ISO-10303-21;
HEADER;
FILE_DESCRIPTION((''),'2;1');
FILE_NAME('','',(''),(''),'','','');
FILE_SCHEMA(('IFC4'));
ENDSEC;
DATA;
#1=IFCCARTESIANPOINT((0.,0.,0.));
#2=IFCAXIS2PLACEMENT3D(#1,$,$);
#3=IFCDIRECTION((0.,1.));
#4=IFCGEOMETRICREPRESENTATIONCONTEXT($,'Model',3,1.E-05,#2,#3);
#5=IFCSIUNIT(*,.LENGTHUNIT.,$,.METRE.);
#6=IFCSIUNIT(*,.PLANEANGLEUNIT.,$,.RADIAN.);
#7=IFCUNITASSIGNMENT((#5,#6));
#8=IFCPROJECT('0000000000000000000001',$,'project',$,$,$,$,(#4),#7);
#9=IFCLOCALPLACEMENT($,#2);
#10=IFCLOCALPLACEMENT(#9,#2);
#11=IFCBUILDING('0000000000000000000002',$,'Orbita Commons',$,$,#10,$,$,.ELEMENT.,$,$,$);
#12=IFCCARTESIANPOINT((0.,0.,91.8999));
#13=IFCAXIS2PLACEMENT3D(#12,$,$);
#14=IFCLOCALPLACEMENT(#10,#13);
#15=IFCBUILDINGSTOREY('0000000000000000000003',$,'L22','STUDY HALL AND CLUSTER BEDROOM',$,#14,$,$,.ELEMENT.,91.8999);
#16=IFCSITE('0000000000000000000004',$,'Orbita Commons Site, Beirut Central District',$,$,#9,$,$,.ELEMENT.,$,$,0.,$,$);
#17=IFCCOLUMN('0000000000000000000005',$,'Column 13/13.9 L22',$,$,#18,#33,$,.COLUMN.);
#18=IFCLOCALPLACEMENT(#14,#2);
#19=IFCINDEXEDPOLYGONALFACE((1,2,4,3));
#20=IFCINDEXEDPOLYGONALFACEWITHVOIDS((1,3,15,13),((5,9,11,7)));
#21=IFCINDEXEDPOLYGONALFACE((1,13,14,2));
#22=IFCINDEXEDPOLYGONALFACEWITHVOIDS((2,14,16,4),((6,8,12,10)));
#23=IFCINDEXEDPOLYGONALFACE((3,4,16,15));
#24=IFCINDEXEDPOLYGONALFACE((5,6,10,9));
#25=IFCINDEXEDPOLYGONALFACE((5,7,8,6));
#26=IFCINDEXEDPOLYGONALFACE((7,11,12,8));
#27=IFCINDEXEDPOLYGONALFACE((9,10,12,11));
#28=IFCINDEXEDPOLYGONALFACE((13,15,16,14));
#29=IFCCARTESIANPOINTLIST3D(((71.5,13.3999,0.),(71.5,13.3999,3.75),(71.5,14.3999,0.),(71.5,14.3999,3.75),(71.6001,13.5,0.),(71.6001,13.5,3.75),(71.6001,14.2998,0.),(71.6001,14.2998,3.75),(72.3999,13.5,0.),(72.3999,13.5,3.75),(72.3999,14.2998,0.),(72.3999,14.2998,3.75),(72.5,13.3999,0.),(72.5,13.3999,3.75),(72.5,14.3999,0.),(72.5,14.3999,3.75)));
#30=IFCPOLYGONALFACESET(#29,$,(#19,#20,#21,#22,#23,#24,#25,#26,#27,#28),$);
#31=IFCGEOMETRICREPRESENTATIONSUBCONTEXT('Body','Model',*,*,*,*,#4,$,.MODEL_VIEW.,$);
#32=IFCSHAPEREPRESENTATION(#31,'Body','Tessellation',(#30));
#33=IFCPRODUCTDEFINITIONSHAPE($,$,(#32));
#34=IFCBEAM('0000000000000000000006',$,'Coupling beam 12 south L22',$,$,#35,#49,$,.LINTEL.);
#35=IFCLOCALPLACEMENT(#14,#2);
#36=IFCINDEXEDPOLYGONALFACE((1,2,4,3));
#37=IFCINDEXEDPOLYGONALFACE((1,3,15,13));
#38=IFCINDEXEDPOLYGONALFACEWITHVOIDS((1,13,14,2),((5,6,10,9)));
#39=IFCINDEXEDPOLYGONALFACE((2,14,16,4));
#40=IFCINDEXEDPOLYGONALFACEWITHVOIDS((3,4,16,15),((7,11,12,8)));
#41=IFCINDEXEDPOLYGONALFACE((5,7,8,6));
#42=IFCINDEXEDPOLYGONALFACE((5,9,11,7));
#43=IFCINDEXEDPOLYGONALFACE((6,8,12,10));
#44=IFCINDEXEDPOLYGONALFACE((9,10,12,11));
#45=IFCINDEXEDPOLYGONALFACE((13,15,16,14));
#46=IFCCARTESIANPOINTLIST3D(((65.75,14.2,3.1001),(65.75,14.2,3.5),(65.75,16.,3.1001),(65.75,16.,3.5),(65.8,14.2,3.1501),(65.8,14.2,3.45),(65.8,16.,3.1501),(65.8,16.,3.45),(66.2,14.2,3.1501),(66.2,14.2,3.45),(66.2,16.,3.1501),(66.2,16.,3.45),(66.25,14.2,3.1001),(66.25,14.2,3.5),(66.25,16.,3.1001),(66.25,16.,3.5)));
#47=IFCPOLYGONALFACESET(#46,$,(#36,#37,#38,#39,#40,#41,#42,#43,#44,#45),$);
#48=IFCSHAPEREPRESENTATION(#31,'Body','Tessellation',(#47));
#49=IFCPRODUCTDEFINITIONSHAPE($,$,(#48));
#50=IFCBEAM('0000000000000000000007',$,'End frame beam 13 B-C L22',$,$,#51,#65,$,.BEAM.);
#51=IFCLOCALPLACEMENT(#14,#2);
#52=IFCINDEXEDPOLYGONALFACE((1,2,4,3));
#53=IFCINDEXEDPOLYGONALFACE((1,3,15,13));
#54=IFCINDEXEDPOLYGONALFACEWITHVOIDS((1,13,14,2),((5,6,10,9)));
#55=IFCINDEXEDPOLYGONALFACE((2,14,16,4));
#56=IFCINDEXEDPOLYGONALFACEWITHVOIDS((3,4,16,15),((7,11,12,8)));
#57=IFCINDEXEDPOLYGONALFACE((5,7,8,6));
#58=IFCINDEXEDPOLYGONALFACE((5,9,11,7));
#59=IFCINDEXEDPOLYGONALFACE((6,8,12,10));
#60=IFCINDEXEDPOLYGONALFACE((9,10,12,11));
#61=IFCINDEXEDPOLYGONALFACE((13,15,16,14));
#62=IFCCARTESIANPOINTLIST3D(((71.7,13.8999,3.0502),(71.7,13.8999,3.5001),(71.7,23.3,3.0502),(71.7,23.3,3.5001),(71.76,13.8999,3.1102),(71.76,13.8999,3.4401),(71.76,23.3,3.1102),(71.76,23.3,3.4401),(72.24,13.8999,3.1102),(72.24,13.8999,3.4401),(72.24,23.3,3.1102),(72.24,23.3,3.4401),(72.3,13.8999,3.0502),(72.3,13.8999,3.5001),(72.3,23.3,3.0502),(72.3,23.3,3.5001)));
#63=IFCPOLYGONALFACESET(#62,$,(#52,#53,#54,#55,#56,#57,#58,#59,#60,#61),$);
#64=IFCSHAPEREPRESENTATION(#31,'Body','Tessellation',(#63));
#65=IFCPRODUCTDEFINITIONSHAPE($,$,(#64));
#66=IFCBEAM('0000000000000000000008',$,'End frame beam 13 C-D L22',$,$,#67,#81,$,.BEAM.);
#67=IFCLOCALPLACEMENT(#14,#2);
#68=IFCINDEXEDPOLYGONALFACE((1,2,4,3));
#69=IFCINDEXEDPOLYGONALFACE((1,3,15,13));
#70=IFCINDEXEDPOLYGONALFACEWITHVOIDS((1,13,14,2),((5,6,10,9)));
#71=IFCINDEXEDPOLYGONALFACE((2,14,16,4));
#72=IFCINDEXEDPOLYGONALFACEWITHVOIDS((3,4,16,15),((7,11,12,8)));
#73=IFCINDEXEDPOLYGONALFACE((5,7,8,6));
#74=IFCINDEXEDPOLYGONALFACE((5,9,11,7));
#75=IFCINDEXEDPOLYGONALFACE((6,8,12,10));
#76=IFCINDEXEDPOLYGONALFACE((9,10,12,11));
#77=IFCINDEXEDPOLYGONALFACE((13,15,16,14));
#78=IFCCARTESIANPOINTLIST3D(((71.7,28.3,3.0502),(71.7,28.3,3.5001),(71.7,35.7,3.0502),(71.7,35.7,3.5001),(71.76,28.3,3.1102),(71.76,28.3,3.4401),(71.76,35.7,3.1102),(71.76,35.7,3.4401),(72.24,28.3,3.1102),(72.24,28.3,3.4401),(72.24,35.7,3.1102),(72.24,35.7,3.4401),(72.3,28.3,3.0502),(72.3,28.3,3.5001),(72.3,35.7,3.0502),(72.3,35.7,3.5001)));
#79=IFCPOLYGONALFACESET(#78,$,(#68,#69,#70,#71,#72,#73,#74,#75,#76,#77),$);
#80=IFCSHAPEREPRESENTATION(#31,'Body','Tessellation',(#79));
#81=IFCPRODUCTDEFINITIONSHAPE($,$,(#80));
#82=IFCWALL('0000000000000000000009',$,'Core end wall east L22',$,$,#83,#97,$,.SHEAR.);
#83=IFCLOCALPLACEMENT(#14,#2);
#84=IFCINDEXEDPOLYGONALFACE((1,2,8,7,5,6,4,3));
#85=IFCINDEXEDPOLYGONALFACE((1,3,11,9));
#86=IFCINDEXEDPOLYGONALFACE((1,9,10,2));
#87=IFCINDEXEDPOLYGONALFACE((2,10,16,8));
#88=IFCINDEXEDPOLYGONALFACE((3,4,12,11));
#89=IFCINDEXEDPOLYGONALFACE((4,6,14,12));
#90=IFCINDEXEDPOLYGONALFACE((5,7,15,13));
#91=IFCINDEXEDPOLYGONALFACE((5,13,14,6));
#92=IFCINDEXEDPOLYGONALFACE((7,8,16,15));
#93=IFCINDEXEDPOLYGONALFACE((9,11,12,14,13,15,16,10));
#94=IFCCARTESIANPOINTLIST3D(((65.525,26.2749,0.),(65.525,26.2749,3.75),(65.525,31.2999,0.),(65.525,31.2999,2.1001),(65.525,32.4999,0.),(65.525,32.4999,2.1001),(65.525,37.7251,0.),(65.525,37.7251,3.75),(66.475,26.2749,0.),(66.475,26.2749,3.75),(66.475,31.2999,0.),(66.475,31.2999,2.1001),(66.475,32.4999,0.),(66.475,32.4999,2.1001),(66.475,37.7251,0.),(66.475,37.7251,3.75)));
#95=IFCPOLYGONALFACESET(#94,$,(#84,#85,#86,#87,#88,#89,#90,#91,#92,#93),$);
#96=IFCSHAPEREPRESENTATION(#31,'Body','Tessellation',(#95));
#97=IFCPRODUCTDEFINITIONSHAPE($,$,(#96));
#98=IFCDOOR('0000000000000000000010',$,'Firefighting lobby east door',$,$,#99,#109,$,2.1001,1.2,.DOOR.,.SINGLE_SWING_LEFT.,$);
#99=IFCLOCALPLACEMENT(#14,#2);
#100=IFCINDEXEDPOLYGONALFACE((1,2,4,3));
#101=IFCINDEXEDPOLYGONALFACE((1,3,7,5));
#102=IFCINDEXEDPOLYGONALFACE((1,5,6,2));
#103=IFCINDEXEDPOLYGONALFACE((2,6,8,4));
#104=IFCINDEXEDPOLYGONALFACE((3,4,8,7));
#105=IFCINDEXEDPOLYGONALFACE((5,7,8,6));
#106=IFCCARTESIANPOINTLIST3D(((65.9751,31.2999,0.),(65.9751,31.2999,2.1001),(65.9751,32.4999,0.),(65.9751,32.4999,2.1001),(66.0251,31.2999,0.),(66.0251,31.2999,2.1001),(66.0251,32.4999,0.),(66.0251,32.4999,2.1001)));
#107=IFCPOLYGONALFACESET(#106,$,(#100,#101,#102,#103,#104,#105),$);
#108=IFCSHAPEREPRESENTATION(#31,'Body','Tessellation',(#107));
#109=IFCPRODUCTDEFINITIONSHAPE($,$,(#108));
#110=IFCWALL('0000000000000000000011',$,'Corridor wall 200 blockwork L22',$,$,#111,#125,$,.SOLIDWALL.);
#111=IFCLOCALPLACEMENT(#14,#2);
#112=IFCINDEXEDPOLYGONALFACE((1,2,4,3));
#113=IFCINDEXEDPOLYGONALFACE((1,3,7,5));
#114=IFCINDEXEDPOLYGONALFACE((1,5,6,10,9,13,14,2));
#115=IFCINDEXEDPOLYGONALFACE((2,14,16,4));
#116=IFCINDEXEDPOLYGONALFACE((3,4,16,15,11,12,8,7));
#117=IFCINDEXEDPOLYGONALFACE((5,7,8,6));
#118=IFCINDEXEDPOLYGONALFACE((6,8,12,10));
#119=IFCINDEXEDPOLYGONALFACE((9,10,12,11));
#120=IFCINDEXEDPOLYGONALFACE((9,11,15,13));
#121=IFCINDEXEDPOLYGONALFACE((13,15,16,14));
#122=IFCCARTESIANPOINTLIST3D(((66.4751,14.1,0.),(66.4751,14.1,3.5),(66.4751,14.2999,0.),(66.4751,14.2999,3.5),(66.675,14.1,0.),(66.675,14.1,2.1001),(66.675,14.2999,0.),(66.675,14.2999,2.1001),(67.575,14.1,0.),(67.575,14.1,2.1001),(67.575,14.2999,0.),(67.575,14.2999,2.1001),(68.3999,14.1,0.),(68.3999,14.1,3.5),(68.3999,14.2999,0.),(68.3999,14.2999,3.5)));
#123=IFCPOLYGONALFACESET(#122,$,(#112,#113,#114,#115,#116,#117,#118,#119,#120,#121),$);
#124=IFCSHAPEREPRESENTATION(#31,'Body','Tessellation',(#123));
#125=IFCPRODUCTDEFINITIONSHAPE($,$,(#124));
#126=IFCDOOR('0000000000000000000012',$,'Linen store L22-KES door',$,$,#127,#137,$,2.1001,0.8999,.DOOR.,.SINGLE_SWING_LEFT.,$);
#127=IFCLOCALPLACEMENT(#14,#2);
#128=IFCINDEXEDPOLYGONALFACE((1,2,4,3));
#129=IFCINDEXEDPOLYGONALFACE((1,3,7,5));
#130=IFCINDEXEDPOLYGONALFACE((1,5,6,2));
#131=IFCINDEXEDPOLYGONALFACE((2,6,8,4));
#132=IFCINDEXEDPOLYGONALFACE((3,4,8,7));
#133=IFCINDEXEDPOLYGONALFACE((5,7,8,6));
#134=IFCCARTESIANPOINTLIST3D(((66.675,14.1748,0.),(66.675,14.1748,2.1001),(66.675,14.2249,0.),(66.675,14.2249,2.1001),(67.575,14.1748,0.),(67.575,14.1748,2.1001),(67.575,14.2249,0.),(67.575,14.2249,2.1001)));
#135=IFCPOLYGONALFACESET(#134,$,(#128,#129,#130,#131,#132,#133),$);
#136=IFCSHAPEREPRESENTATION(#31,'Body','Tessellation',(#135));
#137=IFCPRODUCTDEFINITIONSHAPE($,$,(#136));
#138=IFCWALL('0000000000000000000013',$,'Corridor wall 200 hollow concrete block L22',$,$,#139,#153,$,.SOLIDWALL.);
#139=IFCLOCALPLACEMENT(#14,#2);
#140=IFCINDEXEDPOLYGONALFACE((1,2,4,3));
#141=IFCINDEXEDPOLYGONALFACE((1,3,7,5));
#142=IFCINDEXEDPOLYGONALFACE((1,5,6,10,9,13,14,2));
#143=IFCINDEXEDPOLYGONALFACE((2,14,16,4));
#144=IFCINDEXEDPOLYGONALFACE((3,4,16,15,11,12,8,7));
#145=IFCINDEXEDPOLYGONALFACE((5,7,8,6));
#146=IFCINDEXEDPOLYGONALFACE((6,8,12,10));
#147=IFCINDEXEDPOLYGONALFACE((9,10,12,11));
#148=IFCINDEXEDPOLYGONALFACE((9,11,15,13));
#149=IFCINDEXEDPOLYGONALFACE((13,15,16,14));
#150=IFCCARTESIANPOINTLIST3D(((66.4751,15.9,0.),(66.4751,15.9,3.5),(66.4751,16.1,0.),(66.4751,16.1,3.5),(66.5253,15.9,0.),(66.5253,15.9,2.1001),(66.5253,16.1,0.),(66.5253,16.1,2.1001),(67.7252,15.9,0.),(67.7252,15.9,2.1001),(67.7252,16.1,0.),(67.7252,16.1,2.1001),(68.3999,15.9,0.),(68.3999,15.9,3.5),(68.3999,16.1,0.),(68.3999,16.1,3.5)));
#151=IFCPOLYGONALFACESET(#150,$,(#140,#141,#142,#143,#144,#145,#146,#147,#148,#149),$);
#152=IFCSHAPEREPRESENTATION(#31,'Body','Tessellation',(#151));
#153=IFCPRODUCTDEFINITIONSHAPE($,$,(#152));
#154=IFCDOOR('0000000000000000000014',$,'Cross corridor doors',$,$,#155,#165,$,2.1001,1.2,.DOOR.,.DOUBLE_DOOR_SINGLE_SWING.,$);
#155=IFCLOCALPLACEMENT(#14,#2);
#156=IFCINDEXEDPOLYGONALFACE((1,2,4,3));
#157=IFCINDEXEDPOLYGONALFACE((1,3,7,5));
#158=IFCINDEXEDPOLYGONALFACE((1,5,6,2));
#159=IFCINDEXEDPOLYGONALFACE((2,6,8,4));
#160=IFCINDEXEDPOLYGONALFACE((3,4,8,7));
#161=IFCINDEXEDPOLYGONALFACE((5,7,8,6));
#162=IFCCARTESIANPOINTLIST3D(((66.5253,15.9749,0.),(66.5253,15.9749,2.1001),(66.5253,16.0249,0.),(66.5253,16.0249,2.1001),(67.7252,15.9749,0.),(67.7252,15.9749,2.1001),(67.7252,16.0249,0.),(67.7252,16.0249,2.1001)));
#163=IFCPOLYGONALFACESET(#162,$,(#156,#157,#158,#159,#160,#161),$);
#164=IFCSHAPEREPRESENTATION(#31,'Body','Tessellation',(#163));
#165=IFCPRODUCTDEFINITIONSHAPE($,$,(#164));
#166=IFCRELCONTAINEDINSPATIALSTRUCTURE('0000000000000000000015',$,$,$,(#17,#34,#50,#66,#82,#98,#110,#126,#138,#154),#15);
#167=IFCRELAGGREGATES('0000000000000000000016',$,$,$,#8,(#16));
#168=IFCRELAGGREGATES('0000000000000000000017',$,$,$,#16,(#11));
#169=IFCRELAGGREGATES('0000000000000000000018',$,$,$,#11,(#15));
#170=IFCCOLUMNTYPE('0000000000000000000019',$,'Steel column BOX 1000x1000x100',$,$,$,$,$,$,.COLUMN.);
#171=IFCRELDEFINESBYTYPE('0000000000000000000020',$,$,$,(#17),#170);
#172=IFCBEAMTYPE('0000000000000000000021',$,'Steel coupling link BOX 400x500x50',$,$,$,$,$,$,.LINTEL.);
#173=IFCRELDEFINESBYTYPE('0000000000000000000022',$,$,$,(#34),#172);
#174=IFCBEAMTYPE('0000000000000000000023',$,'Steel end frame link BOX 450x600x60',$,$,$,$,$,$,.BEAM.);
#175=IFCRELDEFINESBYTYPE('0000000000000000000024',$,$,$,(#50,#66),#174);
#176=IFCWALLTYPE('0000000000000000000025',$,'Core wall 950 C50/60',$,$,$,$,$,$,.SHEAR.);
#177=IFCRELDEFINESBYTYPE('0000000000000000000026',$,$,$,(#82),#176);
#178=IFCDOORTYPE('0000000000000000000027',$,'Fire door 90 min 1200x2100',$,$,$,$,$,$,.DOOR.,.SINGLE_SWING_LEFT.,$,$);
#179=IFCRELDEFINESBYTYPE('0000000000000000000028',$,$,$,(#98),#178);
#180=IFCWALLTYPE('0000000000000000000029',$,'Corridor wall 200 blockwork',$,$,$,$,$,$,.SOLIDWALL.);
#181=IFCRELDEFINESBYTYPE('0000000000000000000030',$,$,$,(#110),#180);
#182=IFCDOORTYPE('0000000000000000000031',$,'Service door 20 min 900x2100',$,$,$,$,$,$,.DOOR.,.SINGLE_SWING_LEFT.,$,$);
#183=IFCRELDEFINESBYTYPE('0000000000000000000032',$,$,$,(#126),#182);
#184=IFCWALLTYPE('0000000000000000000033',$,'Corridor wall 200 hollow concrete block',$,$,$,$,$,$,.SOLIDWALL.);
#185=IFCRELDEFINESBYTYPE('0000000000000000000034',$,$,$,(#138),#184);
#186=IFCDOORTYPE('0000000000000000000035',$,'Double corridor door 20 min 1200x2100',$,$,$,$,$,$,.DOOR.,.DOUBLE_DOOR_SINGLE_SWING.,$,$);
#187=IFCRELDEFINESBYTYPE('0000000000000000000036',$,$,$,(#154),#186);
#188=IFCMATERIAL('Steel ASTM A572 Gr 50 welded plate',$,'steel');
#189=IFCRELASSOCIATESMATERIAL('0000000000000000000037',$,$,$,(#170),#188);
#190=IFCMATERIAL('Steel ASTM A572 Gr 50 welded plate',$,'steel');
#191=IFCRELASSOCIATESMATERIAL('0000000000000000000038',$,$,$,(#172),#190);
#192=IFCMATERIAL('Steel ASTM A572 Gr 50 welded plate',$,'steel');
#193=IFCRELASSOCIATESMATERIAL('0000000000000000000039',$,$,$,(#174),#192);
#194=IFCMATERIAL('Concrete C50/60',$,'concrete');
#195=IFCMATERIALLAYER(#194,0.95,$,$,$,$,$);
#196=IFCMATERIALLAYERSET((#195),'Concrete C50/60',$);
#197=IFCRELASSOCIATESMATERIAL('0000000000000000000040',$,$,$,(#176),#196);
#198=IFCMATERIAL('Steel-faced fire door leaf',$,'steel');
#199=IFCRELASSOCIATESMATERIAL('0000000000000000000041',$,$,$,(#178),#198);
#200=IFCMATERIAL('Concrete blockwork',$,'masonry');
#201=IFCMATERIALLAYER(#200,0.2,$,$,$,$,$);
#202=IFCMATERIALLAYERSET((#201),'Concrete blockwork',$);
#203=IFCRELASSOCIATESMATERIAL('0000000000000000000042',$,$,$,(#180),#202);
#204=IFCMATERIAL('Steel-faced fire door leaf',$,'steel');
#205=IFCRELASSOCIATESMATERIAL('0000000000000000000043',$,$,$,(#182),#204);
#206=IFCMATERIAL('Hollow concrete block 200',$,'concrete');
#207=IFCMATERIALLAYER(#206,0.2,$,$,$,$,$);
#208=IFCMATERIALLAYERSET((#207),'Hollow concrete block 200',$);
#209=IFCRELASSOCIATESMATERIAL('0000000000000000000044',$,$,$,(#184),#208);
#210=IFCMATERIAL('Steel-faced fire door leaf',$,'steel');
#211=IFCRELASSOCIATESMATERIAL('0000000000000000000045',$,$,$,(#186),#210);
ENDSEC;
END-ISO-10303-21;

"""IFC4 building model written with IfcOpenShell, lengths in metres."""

from ifc_helpers import new_model, si_unit, direction, frame, frame_2d, origin, origin_2d, place, context, subcontext, project, spatial, rectangle, hollow_rectangle, extrude, material, layer, layer_set, material_profile, profile_set, type_object, element, fill, save


model = new_model("IFC4")

# Units and contexts
model_context = context("Model", 3, precision=1e-05, world=origin(), true_north=direction((0.0, 1.0)))
body_context = subcontext(model_context, "Body", "Model", "MODEL_VIEW")
ifc_project = project(units=[si_unit("LENGTHUNIT", "METRE"), si_unit("PLANEANGLEUNIT", "RADIAN")], contexts=[model_context])

# Site, building, storey
site_placement = place(None, origin())
site = spatial("IfcSite", under=ifc_project, at=site_placement, Name="Orbita Commons Site, Beirut Central District", CompositionType="ELEMENT", RefElevation=0.0)
building_placement = place(site_placement, origin())
building = spatial("IfcBuilding", under=site, at=building_placement, Name="Orbita Commons", CompositionType="ELEMENT")
storey_placement = place(building_placement, frame((0.0, 0.0, 91.8999)))
storey = spatial("IfcBuildingStorey", under=building, at=storey_placement, Name="L22", Description="STUDY HALL AND CLUSTER BEDROOM", CompositionType="ELEMENT", Elevation=91.8999)

# Column
ifc_material_1 = material(Name="Steel ASTM A572 Gr 50 welded plate", Category="steel")
ifc_material_profile_1 = material_profile(ifc_material_1, hollow_rectangle(XDim=1.0, YDim=1.0, WallThickness=0.1001, at=origin_2d()), Name="BOX 1000x1000x100")
ifc_profile_set_1 = profile_set([ifc_material_profile_1], Name="Steel ASTM A572 Gr 50 welded plate")
column_type = type_object("IfcColumnType", Name="Steel column BOX 1000x1000x100", PredefinedType="COLUMN", material=ifc_profile_set_1)
column_placement = place(storey_placement, frame((72.0, 13.8999, 0.0), z_axis=(0.0, 0.0, 1.0), x_axis=(1.0, 0.0, 0.0)))
element("IfcColumn", 1, at=column_placement, inside=storey, type_object=column_type, Name="Column 13/13.9 L22", PredefinedType="COLUMN", context=body_context, shape_type="SweptSolid", body=[
    extrude(hollow_rectangle(XDim=1.0, YDim=1.0, WallThickness=0.1001, at=origin_2d()), origin(), (0.0, 0.0, 1.0), 3.75),
])

# Beams
ifc_material_2 = material(Name="Steel ASTM A572 Gr 50 welded plate", Category="steel")
ifc_material_profile_2 = material_profile(ifc_material_2, hollow_rectangle(XDim=0.5, YDim=0.3999, WallThickness=0.05, at=origin_2d()), Name="BOX 400x500x50")
ifc_profile_set_2 = profile_set([ifc_material_profile_2], Name="Steel ASTM A572 Gr 50 welded plate")
beam_type_1 = type_object("IfcBeamType", Name="Steel coupling link BOX 400x500x50", PredefinedType="LINTEL", material=ifc_profile_set_2)
beam_1_placement = place(storey_placement, frame((66.0, 14.2, 3.3), z_axis=(0.0, 1.0, 0.0), x_axis=(-1.0, 0.0, 0.0)))
element("IfcBeam", 2, at=beam_1_placement, inside=storey, type_object=beam_type_1, Name="Coupling beam 12 south L22", PredefinedType="LINTEL", context=body_context, shape_type="SweptSolid", body=[
    extrude(hollow_rectangle(XDim=0.5, YDim=0.3999, WallThickness=0.05, at=origin_2d()), origin(), (0.0, 0.0, 1.0), 1.8),
])
ifc_material_3 = material(Name="Steel ASTM A572 Gr 50 welded plate", Category="steel")
ifc_material_profile_3 = material_profile(ifc_material_3, hollow_rectangle(XDim=0.6001, YDim=0.45, WallThickness=0.0601, at=origin_2d()), Name="BOX 450x600x60")
ifc_profile_set_3 = profile_set([ifc_material_profile_3], Name="Steel ASTM A572 Gr 50 welded plate")
beam_type_2 = type_object("IfcBeamType", Name="Steel end frame link BOX 450x600x60", PredefinedType="BEAM", material=ifc_profile_set_3)
beam_2_placement = place(storey_placement, frame((72.0, 13.8999, 3.2751), z_axis=(0.0, 1.0, 0.0), x_axis=(-1.0, 0.0, 0.0)))
element("IfcBeam", 3, at=beam_2_placement, inside=storey, type_object=beam_type_2, Name="End frame beam 13 B-C L22", PredefinedType="BEAM", context=body_context, shape_type="SweptSolid", body=[
    extrude(hollow_rectangle(XDim=0.6001, YDim=0.45, WallThickness=0.0601, at=origin_2d()), origin(), (0.0, 0.0, 1.0), 9.4001),
])
beam_3_placement = place(storey_placement, frame((72.0, 28.3, 3.2751), z_axis=(0.0, 1.0, 0.0), x_axis=(-1.0, 0.0, 0.0)))
element("IfcBeam", 4, at=beam_3_placement, inside=storey, type_object=beam_type_2, Name="End frame beam 13 C-D L22", PredefinedType="BEAM", context=body_context, shape_type="SweptSolid", body=[
    extrude(hollow_rectangle(XDim=0.6001, YDim=0.45, WallThickness=0.0601, at=origin_2d()), origin(), (0.0, 0.0, 1.0), 7.3999),
])

# Walls, openings, doors
ifc_material_4 = material(Name="Concrete C50/60", Category="concrete")
ifc_layer_1 = layer(ifc_material_4, 0.95)
ifc_layer_set_1 = layer_set([ifc_layer_1], Name="Concrete C50/60")
wall_type_1 = type_object("IfcWallType", Name="Core wall 950 C50/60", PredefinedType="SHEAR", material=ifc_layer_set_1)
wall_1_placement = place(storey_placement, frame((66.0, 26.2749, 0.0), z_axis=(0.0, 0.0, 1.0), x_axis=(0.0, 1.0, 0.0)))
wall_1 = element("IfcWall", 5, at=wall_1_placement, inside=storey, type_object=wall_type_1, Name="Core end wall east L22", PredefinedType="SHEAR", context=body_context, shape_type="SweptSolid", body=[
    extrude(rectangle(XDim=11.4502, YDim=0.95, at=frame_2d((5.7251, 0.0))), origin(), (0.0, 0.0, 1.0), 3.75),
])
opening_1_placement = place(wall_1_placement, frame((5.0249, 0.0, 0.0)))
opening_1 = element("IfcOpeningElement", 6, at=opening_1_placement, cuts=wall_1, PredefinedType="OPENING", context=body_context, shape_type="SweptSolid", body=[
    extrude(rectangle(XDim=1.2, YDim=2.1001, at=frame_2d((0.6001, 1.05))), frame((0.0, 0.4849, 0.0), z_axis=(0.0, -1.0, 0.0), x_axis=(1.0, 0.0, 0.0)), (0.0, 0.0, 1.0), 0.97),
])
ifc_material_5 = material(Name="Steel-faced fire door leaf", Category="steel")
door_type_1 = type_object("IfcDoorType", Name="Fire door 90 min 1200x2100", OperationType="SINGLE_SWING_LEFT", PredefinedType="DOOR", material=ifc_material_5)
door_1_placement = place(opening_1_placement, origin())
door_1 = element("IfcDoor", 7, at=door_1_placement, inside=storey, type_object=door_type_1, Name="Firefighting lobby east door", OperationType="SINGLE_SWING_LEFT", OverallHeight=2.1001, OverallWidth=1.2, PredefinedType="DOOR", context=body_context, shape_type="SweptSolid", body=[
    extrude(rectangle(XDim=1.2, YDim=2.1001, at=frame_2d((0.6001, 1.05))), frame((0.0, 0.0249, 0.0), z_axis=(0.0, -1.0, 0.0), x_axis=(1.0, 0.0, 0.0)), (0.0, 0.0, 1.0), 0.05),
])
fill(opening_1, door_1)
ifc_material_6 = material(Name="Concrete blockwork", Category="masonry")
ifc_layer_2 = layer(ifc_material_6, 0.2)
ifc_layer_set_2 = layer_set([ifc_layer_2], Name="Concrete blockwork")
wall_type_2 = type_object("IfcWallType", Name="Corridor wall 200 blockwork", PredefinedType="SOLIDWALL", material=ifc_layer_set_2)
wall_2_placement = place(storey_placement, frame((66.4751, 14.2, 0.0), z_axis=(0.0, 0.0, 1.0), x_axis=(1.0, 0.0, 0.0)))
wall_2 = element("IfcWall", 8, at=wall_2_placement, inside=storey, type_object=wall_type_2, Name="Corridor wall 200 blockwork L22", PredefinedType="SOLIDWALL", context=body_context, shape_type="SweptSolid", body=[
    extrude(rectangle(XDim=1.9248, YDim=0.2, at=frame_2d((0.9624, 0.0))), origin(), (0.0, 0.0, 1.0), 3.5),
])
opening_2_placement = place(wall_2_placement, frame((0.2, 0.0, 0.0)))
opening_2 = element("IfcOpeningElement", 9, at=opening_2_placement, cuts=wall_2, PredefinedType="OPENING", context=body_context, shape_type="SweptSolid", body=[
    extrude(rectangle(XDim=0.8999, YDim=2.1001, at=frame_2d((0.45, 1.05))), frame((0.0, 0.1099, 0.0), z_axis=(0.0, -1.0, 0.0), x_axis=(1.0, 0.0, 0.0)), (0.0, 0.0, 1.0), 0.22),
])
ifc_material_7 = material(Name="Steel-faced fire door leaf", Category="steel")
door_type_2 = type_object("IfcDoorType", Name="Service door 20 min 900x2100", OperationType="SINGLE_SWING_LEFT", PredefinedType="DOOR", material=ifc_material_7)
door_2_placement = place(opening_2_placement, origin())
door_2 = element("IfcDoor", 10, at=door_2_placement, inside=storey, type_object=door_type_2, Name="Linen store L22-KES door", OperationType="SINGLE_SWING_LEFT", OverallHeight=2.1001, OverallWidth=0.8999, PredefinedType="DOOR", context=body_context, shape_type="SweptSolid", body=[
    extrude(rectangle(XDim=0.8999, YDim=2.1001, at=frame_2d((0.45, 1.05))), frame((0.0, 0.0249, 0.0), z_axis=(0.0, -1.0, 0.0), x_axis=(1.0, 0.0, 0.0)), (0.0, 0.0, 1.0), 0.05),
])
fill(opening_2, door_2)
ifc_material_8 = material(Name="Hollow concrete block 200", Category="concrete")
ifc_layer_3 = layer(ifc_material_8, 0.2)
ifc_layer_set_3 = layer_set([ifc_layer_3], Name="Hollow concrete block 200")
wall_type_3 = type_object("IfcWallType", Name="Corridor wall 200 hollow concrete block", PredefinedType="SOLIDWALL", material=ifc_layer_set_3)
wall_3_placement = place(storey_placement, frame((66.4751, 16.0, 0.0), z_axis=(0.0, 0.0, 1.0), x_axis=(1.0, 0.0, 0.0)))
wall_3 = element("IfcWall", 11, at=wall_3_placement, inside=storey, type_object=wall_type_3, Name="Corridor wall 200 hollow concrete block L22", PredefinedType="SOLIDWALL", context=body_context, shape_type="SweptSolid", body=[
    extrude(rectangle(XDim=1.9248, YDim=0.2, at=frame_2d((0.9624, 0.0))), origin(), (0.0, 0.0, 1.0), 3.5),
])
opening_3_placement = place(wall_3_placement, frame((0.05, 0.0, 0.0)))
opening_3 = element("IfcOpeningElement", 12, at=opening_3_placement, cuts=wall_3, PredefinedType="OPENING", context=body_context, shape_type="SweptSolid", body=[
    extrude(rectangle(XDim=1.2, YDim=2.1001, at=frame_2d((0.6001, 1.05))), frame((0.0, 0.1099, 0.0), z_axis=(0.0, -1.0, 0.0), x_axis=(1.0, 0.0, 0.0)), (0.0, 0.0, 1.0), 0.22),
])
ifc_material_9 = material(Name="Steel-faced fire door leaf", Category="steel")
door_type_3 = type_object("IfcDoorType", Name="Double corridor door 20 min 1200x2100", OperationType="DOUBLE_DOOR_SINGLE_SWING", PredefinedType="DOOR", material=ifc_material_9)
door_3_placement = place(opening_3_placement, origin())
door_3 = element("IfcDoor", 13, at=door_3_placement, inside=storey, type_object=door_type_3, Name="Cross corridor doors", OperationType="DOUBLE_DOOR_SINGLE_SWING", OverallHeight=2.1001, OverallWidth=1.2, PredefinedType="DOOR", context=body_context, shape_type="SweptSolid", body=[
    extrude(rectangle(XDim=1.2, YDim=2.1001, at=frame_2d((0.6001, 1.05))), frame((0.0, 0.0249, 0.0), z_axis=(0.0, -1.0, 0.0), x_axis=(1.0, 0.0, 0.0)), (0.0, 0.0, 1.0), 0.05),
])
fill(opening_3, door_3)

save(model, "model.ifc")
